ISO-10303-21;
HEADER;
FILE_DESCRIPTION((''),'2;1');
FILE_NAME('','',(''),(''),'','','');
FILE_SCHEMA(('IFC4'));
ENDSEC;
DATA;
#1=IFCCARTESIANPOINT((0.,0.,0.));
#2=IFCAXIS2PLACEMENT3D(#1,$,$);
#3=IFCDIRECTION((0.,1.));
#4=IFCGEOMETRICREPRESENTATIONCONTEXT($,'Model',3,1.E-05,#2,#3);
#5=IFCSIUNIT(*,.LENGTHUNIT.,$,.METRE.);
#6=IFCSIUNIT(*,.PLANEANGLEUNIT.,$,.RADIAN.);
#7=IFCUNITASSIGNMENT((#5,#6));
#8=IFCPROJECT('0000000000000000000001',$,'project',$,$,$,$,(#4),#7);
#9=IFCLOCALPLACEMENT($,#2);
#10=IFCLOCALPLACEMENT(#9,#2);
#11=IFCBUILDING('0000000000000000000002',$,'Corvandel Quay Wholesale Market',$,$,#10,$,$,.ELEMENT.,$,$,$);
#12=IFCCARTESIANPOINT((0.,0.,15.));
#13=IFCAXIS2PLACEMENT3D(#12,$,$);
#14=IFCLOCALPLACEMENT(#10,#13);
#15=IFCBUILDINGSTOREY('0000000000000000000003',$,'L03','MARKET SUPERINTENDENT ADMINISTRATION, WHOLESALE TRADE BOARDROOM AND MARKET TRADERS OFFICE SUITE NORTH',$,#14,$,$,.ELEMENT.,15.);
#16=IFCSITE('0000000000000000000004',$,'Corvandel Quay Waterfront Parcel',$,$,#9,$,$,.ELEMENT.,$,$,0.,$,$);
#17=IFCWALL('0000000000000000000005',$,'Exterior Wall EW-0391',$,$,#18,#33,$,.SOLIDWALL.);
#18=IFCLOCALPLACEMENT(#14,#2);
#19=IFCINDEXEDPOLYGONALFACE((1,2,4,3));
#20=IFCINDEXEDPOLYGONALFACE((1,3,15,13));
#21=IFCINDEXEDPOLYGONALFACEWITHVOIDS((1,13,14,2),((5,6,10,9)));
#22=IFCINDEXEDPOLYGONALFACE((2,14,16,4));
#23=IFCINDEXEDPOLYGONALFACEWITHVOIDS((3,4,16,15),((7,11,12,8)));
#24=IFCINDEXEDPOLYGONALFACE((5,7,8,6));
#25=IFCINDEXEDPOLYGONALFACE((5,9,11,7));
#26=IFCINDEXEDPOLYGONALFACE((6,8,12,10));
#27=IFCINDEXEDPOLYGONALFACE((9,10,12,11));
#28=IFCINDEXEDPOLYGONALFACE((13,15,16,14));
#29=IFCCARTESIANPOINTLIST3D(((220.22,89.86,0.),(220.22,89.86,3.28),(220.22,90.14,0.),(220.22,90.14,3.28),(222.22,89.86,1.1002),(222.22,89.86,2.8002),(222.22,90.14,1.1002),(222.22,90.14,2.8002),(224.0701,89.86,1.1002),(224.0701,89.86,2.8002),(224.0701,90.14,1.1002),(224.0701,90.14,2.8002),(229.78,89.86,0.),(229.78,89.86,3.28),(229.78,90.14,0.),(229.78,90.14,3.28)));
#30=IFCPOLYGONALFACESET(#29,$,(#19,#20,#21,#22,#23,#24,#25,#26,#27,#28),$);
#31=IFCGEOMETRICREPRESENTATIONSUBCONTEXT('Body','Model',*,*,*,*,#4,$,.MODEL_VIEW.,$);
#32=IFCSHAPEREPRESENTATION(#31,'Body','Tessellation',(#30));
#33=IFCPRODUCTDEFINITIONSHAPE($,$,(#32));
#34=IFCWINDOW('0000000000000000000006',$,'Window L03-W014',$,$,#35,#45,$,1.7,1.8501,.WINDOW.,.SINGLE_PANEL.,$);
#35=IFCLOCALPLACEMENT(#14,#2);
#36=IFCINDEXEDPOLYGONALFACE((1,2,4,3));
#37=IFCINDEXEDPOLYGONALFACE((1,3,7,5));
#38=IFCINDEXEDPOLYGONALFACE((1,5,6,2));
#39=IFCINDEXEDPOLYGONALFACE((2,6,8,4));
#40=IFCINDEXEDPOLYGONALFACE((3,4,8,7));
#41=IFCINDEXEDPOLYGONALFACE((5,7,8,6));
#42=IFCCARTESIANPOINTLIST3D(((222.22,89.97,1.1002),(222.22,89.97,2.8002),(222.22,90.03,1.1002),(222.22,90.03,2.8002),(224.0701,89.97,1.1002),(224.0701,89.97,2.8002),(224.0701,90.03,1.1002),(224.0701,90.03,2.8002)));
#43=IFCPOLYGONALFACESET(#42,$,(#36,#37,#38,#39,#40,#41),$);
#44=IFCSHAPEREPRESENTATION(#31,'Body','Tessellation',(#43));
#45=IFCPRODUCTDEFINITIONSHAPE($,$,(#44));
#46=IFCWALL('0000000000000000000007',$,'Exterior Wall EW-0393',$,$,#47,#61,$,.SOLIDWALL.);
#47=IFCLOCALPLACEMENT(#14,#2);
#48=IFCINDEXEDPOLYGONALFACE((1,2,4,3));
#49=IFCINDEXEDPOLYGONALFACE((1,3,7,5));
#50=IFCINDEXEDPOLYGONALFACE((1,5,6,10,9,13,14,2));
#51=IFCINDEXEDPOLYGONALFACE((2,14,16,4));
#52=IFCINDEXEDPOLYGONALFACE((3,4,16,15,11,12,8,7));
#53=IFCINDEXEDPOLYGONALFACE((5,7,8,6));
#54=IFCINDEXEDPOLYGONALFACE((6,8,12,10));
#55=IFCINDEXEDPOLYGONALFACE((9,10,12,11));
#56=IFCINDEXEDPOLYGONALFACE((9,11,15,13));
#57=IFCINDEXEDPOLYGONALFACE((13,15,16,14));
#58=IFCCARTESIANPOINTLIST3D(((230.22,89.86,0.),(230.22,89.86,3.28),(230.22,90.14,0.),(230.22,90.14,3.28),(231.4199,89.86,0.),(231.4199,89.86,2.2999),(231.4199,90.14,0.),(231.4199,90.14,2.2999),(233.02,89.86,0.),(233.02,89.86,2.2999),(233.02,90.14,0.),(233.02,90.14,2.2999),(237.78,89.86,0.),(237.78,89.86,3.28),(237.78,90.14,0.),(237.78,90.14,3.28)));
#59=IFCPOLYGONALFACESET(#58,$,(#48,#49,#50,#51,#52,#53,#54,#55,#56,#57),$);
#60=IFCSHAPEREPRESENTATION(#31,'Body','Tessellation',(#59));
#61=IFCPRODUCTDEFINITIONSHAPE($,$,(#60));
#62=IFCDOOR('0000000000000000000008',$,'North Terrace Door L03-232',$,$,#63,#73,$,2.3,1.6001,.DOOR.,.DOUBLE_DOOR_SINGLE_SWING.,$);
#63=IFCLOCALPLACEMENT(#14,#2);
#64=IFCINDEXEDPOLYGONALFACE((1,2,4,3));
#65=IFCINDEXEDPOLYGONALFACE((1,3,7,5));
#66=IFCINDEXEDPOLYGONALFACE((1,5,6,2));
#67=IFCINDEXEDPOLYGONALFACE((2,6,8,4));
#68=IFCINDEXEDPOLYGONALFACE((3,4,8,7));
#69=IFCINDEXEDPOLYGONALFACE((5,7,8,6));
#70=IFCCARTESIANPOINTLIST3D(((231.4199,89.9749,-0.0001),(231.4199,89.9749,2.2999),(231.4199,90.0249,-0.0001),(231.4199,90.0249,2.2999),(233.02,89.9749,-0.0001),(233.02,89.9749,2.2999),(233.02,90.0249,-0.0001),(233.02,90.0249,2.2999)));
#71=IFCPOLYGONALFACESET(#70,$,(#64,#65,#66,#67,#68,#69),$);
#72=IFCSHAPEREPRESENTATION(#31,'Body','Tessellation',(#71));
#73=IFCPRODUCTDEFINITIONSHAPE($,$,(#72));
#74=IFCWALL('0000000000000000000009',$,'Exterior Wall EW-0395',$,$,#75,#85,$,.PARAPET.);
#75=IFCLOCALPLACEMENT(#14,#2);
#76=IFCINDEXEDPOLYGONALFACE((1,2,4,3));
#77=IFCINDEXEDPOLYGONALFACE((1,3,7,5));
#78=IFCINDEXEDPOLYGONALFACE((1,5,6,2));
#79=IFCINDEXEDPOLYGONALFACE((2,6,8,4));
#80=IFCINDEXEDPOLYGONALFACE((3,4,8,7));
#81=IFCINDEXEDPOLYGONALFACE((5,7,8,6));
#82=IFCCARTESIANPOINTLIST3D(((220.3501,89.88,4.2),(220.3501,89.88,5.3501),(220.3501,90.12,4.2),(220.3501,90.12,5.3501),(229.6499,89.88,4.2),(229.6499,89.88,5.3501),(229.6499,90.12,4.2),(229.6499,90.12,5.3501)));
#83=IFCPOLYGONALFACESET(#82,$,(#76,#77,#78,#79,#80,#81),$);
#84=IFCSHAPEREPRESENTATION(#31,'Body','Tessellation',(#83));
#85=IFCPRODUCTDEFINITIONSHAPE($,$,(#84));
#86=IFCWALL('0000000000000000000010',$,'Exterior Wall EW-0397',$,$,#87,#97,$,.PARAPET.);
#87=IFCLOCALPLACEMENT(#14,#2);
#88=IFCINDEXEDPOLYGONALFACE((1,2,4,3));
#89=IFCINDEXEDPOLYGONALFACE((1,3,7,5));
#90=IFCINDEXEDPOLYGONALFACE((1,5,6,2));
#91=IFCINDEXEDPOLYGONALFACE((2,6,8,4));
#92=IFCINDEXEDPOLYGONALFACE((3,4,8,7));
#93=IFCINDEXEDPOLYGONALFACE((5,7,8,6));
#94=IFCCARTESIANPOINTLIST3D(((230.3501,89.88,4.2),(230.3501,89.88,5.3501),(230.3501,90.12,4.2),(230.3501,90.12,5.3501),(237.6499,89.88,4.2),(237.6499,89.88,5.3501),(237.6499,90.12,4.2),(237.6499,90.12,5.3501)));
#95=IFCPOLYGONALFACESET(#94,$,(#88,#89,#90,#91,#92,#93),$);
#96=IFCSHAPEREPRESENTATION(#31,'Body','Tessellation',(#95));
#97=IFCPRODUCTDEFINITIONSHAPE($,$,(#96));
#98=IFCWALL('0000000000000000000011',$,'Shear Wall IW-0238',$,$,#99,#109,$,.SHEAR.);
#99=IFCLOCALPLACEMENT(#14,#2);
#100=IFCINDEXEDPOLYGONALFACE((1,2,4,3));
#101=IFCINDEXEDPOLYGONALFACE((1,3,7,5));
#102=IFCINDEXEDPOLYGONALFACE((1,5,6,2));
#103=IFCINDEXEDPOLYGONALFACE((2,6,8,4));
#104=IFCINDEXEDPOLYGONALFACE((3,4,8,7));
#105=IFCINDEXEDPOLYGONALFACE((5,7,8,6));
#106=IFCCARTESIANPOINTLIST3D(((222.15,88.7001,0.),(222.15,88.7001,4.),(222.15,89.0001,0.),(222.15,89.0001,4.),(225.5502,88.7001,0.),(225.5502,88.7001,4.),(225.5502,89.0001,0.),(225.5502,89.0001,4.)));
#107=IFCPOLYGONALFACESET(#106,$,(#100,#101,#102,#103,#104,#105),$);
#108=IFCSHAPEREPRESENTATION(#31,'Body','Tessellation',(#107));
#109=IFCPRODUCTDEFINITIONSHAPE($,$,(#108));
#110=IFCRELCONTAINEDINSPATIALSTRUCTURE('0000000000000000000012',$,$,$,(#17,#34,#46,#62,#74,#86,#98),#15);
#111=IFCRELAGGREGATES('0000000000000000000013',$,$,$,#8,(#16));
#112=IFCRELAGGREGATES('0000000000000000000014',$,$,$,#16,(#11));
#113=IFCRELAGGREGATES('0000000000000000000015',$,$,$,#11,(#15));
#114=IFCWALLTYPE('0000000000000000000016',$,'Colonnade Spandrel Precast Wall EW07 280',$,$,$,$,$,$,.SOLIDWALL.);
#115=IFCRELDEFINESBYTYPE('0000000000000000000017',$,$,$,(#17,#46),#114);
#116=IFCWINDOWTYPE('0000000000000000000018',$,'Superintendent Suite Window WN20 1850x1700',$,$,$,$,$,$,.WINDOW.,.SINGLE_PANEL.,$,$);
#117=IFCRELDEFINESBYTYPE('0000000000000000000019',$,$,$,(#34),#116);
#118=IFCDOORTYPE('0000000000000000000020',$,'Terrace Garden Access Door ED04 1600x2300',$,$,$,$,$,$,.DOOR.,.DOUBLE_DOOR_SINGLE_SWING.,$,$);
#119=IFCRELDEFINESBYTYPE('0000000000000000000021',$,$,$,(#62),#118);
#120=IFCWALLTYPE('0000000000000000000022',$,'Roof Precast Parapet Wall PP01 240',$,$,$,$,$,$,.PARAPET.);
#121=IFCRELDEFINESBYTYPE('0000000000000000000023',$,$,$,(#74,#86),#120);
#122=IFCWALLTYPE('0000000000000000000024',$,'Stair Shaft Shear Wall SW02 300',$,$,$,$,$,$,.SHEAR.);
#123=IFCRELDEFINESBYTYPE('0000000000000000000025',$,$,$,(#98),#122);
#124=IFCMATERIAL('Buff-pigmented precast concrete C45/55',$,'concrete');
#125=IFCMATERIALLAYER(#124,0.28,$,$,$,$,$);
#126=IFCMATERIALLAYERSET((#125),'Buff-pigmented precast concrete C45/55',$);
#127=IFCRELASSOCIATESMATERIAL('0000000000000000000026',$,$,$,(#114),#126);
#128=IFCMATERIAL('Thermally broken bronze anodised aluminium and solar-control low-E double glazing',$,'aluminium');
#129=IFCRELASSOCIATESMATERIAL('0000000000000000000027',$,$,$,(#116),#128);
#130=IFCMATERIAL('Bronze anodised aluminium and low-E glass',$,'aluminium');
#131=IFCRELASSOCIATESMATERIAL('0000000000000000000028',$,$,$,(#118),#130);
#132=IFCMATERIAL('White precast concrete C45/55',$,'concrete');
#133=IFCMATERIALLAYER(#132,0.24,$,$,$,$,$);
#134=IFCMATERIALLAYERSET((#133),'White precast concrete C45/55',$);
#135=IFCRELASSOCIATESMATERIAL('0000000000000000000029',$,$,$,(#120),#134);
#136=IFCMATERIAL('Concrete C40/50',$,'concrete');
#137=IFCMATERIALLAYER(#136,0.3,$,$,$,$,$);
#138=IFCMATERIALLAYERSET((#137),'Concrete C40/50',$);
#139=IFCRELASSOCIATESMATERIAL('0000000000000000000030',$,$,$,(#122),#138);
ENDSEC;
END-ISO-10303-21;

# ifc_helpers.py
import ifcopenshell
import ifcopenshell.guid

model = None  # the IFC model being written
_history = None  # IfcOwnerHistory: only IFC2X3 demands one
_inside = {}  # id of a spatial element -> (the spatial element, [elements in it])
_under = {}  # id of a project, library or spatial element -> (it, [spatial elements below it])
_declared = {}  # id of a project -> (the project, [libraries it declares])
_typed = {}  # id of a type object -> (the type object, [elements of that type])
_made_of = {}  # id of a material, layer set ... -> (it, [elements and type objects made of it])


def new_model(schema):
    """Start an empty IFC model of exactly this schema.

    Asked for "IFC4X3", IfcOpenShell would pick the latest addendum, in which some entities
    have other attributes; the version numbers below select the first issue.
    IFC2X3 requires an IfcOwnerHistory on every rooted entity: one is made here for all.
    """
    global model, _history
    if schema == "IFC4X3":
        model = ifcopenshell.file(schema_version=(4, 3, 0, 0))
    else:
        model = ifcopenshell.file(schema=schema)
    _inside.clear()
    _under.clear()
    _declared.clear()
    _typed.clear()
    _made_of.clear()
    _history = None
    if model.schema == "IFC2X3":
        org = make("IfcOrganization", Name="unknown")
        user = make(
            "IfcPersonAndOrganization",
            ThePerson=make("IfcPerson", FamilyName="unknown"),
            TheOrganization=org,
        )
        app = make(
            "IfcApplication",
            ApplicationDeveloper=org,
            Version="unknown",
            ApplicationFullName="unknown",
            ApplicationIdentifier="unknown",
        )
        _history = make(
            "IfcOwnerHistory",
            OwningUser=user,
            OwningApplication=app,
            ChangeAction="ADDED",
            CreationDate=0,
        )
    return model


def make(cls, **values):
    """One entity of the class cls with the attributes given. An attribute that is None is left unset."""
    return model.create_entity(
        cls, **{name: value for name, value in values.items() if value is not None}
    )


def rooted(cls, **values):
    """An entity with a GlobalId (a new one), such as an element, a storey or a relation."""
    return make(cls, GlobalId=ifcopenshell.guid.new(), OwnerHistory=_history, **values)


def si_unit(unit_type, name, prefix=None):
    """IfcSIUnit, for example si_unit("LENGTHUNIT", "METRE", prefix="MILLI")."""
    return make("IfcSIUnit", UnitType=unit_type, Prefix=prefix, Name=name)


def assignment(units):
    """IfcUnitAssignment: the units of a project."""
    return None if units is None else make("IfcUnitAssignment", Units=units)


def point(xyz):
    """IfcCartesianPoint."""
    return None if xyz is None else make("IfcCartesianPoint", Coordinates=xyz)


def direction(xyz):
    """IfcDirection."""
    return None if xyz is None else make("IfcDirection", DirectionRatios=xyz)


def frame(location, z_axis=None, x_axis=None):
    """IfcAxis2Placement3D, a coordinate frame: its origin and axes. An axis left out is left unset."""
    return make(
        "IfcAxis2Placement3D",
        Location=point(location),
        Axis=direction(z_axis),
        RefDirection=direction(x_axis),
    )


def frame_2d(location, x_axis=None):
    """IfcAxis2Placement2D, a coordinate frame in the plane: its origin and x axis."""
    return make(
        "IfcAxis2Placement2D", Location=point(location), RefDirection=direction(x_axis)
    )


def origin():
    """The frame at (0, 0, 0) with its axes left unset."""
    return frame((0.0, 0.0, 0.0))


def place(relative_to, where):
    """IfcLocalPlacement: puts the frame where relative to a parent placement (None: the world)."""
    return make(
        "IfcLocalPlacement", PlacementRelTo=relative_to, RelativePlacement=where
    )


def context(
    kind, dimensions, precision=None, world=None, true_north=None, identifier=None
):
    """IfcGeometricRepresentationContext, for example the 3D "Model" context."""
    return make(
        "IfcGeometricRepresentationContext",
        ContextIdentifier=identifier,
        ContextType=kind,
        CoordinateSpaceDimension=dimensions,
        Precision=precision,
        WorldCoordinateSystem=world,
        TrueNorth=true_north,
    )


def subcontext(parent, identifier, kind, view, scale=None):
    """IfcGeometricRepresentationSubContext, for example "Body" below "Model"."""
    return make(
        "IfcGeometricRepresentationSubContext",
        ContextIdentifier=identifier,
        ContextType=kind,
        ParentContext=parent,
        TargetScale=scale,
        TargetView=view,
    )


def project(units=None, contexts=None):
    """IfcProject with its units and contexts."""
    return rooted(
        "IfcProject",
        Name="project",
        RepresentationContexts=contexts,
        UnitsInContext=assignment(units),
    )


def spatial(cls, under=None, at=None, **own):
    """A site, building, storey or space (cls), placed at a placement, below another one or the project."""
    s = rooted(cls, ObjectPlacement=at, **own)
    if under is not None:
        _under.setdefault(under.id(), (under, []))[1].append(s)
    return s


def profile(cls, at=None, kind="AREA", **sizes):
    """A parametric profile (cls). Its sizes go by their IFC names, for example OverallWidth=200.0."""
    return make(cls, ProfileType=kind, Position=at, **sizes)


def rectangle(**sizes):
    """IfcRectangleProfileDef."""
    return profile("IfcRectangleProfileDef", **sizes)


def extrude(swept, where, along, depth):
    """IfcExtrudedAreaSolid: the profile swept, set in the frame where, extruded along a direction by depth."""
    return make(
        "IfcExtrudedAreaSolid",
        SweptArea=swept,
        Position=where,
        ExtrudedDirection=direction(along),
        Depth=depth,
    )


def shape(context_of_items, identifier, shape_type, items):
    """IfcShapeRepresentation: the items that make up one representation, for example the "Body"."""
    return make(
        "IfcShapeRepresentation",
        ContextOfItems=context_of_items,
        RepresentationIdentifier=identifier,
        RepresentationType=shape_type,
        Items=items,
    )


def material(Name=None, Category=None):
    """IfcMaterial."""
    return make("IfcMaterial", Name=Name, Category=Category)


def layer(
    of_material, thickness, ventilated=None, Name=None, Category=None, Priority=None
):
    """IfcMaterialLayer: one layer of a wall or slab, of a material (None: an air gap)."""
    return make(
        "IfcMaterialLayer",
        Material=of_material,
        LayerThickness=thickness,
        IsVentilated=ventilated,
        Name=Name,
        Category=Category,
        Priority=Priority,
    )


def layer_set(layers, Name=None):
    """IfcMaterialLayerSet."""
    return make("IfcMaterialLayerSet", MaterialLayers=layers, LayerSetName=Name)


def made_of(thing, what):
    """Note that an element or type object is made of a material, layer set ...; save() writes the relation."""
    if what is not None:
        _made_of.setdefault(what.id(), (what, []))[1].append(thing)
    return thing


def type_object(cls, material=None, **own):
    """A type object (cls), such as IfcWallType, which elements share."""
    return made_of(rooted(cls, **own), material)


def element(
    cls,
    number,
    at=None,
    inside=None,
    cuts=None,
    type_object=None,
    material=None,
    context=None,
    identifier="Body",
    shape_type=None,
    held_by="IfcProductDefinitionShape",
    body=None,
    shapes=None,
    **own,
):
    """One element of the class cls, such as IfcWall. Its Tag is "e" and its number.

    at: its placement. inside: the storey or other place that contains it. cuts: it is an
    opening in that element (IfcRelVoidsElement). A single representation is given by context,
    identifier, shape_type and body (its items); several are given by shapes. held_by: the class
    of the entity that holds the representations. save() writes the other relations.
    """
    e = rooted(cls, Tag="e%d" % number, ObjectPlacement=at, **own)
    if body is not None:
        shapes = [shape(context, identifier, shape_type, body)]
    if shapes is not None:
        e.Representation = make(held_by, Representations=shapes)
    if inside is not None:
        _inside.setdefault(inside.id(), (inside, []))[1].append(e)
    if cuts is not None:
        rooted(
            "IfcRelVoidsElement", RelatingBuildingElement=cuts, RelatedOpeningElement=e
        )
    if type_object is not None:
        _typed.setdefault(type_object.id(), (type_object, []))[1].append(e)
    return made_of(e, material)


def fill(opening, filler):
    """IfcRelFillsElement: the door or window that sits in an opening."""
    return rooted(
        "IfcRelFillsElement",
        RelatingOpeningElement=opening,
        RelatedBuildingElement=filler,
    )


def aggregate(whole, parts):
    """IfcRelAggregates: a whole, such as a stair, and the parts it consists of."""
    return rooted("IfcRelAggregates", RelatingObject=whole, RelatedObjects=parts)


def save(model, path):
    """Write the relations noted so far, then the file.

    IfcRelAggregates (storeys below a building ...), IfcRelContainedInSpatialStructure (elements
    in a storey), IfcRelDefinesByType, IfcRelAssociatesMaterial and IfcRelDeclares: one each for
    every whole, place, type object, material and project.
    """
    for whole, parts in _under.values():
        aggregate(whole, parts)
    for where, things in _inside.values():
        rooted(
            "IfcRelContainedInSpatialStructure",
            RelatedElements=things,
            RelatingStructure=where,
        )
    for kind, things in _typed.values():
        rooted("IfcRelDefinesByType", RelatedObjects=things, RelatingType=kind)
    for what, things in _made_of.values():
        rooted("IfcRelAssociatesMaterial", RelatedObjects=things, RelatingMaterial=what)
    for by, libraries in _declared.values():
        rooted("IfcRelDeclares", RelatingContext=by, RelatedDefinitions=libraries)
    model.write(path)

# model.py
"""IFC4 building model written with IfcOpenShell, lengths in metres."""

from ifc_helpers import new_model, si_unit, direction, frame, frame_2d, origin, place, context, subcontext, project, spatial, rectangle, extrude, material, layer, layer_set, type_object, element, fill, save


model = new_model("IFC4")

# Units and contexts
model_context = context("Model", 3, precision=1e-05, world=origin(), true_north=direction((0.0, 1.0)))
body_context = subcontext(model_context, "Body", "Model", "MODEL_VIEW")
ifc_project = project(units=[si_unit("LENGTHUNIT", "METRE"), si_unit("PLANEANGLEUNIT", "RADIAN")], contexts=[model_context])

# Site, building, storey
site_placement = place(None, origin())
site = spatial("IfcSite", under=ifc_project, at=site_placement, Name="Corvandel Quay Waterfront Parcel", CompositionType="ELEMENT", RefElevation=0.0)
building_placement = place(site_placement, origin())
building = spatial("IfcBuilding", under=site, at=building_placement, Name="Corvandel Quay Wholesale Market", CompositionType="ELEMENT")
storey_placement = place(building_placement, frame((0.0, 0.0, 15.0)))
storey = spatial("IfcBuildingStorey", under=building, at=storey_placement, Name="L03", Description="MARKET SUPERINTENDENT ADMINISTRATION, WHOLESALE TRADE BOARDROOM AND MARKET TRADERS OFFICE SUITE NORTH", CompositionType="ELEMENT", Elevation=15.0)

# Wall, opening, window
ifc_material_1 = material(Name="Buff-pigmented precast concrete C45/55", Category="concrete")
ifc_layer_1 = layer(ifc_material_1, 0.28)
ifc_layer_set_1 = layer_set([ifc_layer_1], Name="Buff-pigmented precast concrete C45/55")
wall_type_1 = type_object("IfcWallType", Name="Colonnade Spandrel Precast Wall EW07 280", PredefinedType="SOLIDWALL", material=ifc_layer_set_1)
wall_1_placement = place(storey_placement, frame((220.22, 90.0, 0.0), z_axis=(0.0, 0.0, 1.0), x_axis=(1.0, 0.0, 0.0)))
wall_1 = element("IfcWall", 1, at=wall_1_placement, inside=storey, type_object=wall_type_1, Name="Exterior Wall EW-0391", PredefinedType="SOLIDWALL", context=body_context, shape_type="SweptSolid", body=[
    extrude(rectangle(XDim=9.5601, YDim=0.28, at=frame_2d((4.78, 0.0))), origin(), (0.0, 0.0, 1.0), 3.28),
])
opening_1_placement = place(wall_1_placement, frame((2.0, 0.0, 1.1001)))
opening_1 = element("IfcOpeningElement", 2, at=opening_1_placement, cuts=wall_1, PredefinedType="OPENING", context=body_context, shape_type="SweptSolid", body=[
    extrude(rectangle(XDim=1.8501, YDim=1.7, at=frame_2d((0.925, 0.8501))), frame((0.0, 0.1499, 0.0), z_axis=(0.0, -1.0, 0.0), x_axis=(1.0, 0.0, 0.0)), (0.0, 0.0, 1.0), 0.3),
])
ifc_material_2 = material(Name="Thermally broken bronze anodised aluminium and solar-control low-E double glazing", Category="aluminium")
window_type = type_object("IfcWindowType", Name="Superintendent Suite Window WN20 1850x1700", PartitioningType="SINGLE_PANEL", PredefinedType="WINDOW", material=ifc_material_2)
window_placement = place(opening_1_placement, origin())
window = element("IfcWindow", 3, at=window_placement, inside=storey, type_object=window_type, Name="Window L03-W014", OverallHeight=1.7, OverallWidth=1.8501, PartitioningType="SINGLE_PANEL", PredefinedType="WINDOW", context=body_context, shape_type="SweptSolid", body=[
    extrude(rectangle(XDim=1.8501, YDim=1.7, at=frame_2d((0.925, 0.8501))), frame((0.0, 0.03, 0.0), z_axis=(0.0, -1.0, 0.0), x_axis=(1.0, 0.0, 0.0)), (0.0, 0.0, 1.0), 0.0601),
])
fill(opening_1, window)

# Wall, opening, door
wall_2_placement = place(storey_placement, frame((230.22, 90.0, 0.0), z_axis=(0.0, 0.0, 1.0), x_axis=(1.0, 0.0, 0.0)))
wall_2 = element("IfcWall", 4, at=wall_2_placement, inside=storey, type_object=wall_type_1, Name="Exterior Wall EW-0393", PredefinedType="SOLIDWALL", context=body_context, shape_type="SweptSolid", body=[
    extrude(rectangle(XDim=7.5601, YDim=0.28, at=frame_2d((3.78, 0.0))), origin(), (0.0, 0.0, 1.0), 3.28),
])
opening_2_placement = place(wall_2_placement, frame((1.2, 0.0, 0.0)))
opening_2 = element("IfcOpeningElement", 5, at=opening_2_placement, cuts=wall_2, PredefinedType="OPENING", context=body_context, shape_type="SweptSolid", body=[
    extrude(rectangle(XDim=1.6001, YDim=2.3, at=frame_2d((0.8, 1.1499))), frame((0.0, 0.1499, 0.0), z_axis=(0.0, -1.0, 0.0), x_axis=(1.0, 0.0, 0.0)), (0.0, 0.0, 1.0), 0.3),
])
ifc_material_3 = material(Name="Bronze anodised aluminium and low-E glass", Category="aluminium")
door_type = type_object("IfcDoorType", Name="Terrace Garden Access Door ED04 1600x2300", OperationType="DOUBLE_DOOR_SINGLE_SWING", PredefinedType="DOOR", material=ifc_material_3)
door_placement = place(opening_2_placement, origin())
door = element("IfcDoor", 6, at=door_placement, inside=storey, type_object=door_type, Name="North Terrace Door L03-232", OperationType="DOUBLE_DOOR_SINGLE_SWING", OverallHeight=2.3, OverallWidth=1.6001, PredefinedType="DOOR", context=body_context, shape_type="SweptSolid", body=[
    extrude(rectangle(XDim=1.6001, YDim=2.3, at=frame_2d((0.8, 1.1499))), frame((0.0, 0.0249, 0.0), z_axis=(0.0, -1.0, 0.0), x_axis=(1.0, 0.0, 0.0)), (0.0, 0.0, 1.0), 0.05),
])
fill(opening_2, door)

# Walls
ifc_material_4 = material(Name="White precast concrete C45/55", Category="concrete")
ifc_layer_2 = layer(ifc_material_4, 0.24)
ifc_layer_set_2 = layer_set([ifc_layer_2], Name="White precast concrete C45/55")
wall_type_2 = type_object("IfcWallType", Name="Roof Precast Parapet Wall PP01 240", PredefinedType="PARAPET", material=ifc_layer_set_2)
wall_3_placement = place(storey_placement, frame((220.3501, 90.0, 4.2), z_axis=(0.0, 0.0, 1.0), x_axis=(1.0, 0.0, 0.0)))
element("IfcWall", 7, at=wall_3_placement, inside=storey, type_object=wall_type_2, Name="Exterior Wall EW-0395", PredefinedType="PARAPET", context=body_context, shape_type="SweptSolid", body=[
    extrude(rectangle(XDim=9.2998, YDim=0.24, at=frame_2d((4.6499, 0.0))), origin(), (0.0, 0.0, 1.0), 1.1501),
])
wall_4_placement = place(storey_placement, frame((230.3501, 90.0, 4.2), z_axis=(0.0, 0.0, 1.0), x_axis=(1.0, 0.0, 0.0)))
element("IfcWall", 8, at=wall_4_placement, inside=storey, type_object=wall_type_2, Name="Exterior Wall EW-0397", PredefinedType="PARAPET", context=body_context, shape_type="SweptSolid", body=[
    extrude(rectangle(XDim=7.2998, YDim=0.24, at=frame_2d((3.6499, 0.0))), origin(), (0.0, 0.0, 1.0), 1.1501),
])
ifc_material_5 = material(Name="Concrete C40/50", Category="concrete")
ifc_layer_3 = layer(ifc_material_5, 0.3)
ifc_layer_set_3 = layer_set([ifc_layer_3], Name="Concrete C40/50")
wall_type_3 = type_object("IfcWallType", Name="Stair Shaft Shear Wall SW02 300", PredefinedType="SHEAR", material=ifc_layer_set_3)
wall_5_placement = place(storey_placement, frame((222.1499, 88.8501, 0.0), z_axis=(0.0, 0.0, 1.0), x_axis=(1.0, 0.0, 0.0)))
element("IfcWall", 9, at=wall_5_placement, inside=storey, type_object=wall_type_3, Name="Shear Wall IW-0238", PredefinedType="SHEAR", context=body_context, shape_type="SweptSolid", body=[
    extrude(rectangle(XDim=3.4001, YDim=0.3, at=frame_2d((1.7002, 0.0))), origin(), (0.0, 0.0, 1.0), 4.0),
])

save(model, "model.ifc")
